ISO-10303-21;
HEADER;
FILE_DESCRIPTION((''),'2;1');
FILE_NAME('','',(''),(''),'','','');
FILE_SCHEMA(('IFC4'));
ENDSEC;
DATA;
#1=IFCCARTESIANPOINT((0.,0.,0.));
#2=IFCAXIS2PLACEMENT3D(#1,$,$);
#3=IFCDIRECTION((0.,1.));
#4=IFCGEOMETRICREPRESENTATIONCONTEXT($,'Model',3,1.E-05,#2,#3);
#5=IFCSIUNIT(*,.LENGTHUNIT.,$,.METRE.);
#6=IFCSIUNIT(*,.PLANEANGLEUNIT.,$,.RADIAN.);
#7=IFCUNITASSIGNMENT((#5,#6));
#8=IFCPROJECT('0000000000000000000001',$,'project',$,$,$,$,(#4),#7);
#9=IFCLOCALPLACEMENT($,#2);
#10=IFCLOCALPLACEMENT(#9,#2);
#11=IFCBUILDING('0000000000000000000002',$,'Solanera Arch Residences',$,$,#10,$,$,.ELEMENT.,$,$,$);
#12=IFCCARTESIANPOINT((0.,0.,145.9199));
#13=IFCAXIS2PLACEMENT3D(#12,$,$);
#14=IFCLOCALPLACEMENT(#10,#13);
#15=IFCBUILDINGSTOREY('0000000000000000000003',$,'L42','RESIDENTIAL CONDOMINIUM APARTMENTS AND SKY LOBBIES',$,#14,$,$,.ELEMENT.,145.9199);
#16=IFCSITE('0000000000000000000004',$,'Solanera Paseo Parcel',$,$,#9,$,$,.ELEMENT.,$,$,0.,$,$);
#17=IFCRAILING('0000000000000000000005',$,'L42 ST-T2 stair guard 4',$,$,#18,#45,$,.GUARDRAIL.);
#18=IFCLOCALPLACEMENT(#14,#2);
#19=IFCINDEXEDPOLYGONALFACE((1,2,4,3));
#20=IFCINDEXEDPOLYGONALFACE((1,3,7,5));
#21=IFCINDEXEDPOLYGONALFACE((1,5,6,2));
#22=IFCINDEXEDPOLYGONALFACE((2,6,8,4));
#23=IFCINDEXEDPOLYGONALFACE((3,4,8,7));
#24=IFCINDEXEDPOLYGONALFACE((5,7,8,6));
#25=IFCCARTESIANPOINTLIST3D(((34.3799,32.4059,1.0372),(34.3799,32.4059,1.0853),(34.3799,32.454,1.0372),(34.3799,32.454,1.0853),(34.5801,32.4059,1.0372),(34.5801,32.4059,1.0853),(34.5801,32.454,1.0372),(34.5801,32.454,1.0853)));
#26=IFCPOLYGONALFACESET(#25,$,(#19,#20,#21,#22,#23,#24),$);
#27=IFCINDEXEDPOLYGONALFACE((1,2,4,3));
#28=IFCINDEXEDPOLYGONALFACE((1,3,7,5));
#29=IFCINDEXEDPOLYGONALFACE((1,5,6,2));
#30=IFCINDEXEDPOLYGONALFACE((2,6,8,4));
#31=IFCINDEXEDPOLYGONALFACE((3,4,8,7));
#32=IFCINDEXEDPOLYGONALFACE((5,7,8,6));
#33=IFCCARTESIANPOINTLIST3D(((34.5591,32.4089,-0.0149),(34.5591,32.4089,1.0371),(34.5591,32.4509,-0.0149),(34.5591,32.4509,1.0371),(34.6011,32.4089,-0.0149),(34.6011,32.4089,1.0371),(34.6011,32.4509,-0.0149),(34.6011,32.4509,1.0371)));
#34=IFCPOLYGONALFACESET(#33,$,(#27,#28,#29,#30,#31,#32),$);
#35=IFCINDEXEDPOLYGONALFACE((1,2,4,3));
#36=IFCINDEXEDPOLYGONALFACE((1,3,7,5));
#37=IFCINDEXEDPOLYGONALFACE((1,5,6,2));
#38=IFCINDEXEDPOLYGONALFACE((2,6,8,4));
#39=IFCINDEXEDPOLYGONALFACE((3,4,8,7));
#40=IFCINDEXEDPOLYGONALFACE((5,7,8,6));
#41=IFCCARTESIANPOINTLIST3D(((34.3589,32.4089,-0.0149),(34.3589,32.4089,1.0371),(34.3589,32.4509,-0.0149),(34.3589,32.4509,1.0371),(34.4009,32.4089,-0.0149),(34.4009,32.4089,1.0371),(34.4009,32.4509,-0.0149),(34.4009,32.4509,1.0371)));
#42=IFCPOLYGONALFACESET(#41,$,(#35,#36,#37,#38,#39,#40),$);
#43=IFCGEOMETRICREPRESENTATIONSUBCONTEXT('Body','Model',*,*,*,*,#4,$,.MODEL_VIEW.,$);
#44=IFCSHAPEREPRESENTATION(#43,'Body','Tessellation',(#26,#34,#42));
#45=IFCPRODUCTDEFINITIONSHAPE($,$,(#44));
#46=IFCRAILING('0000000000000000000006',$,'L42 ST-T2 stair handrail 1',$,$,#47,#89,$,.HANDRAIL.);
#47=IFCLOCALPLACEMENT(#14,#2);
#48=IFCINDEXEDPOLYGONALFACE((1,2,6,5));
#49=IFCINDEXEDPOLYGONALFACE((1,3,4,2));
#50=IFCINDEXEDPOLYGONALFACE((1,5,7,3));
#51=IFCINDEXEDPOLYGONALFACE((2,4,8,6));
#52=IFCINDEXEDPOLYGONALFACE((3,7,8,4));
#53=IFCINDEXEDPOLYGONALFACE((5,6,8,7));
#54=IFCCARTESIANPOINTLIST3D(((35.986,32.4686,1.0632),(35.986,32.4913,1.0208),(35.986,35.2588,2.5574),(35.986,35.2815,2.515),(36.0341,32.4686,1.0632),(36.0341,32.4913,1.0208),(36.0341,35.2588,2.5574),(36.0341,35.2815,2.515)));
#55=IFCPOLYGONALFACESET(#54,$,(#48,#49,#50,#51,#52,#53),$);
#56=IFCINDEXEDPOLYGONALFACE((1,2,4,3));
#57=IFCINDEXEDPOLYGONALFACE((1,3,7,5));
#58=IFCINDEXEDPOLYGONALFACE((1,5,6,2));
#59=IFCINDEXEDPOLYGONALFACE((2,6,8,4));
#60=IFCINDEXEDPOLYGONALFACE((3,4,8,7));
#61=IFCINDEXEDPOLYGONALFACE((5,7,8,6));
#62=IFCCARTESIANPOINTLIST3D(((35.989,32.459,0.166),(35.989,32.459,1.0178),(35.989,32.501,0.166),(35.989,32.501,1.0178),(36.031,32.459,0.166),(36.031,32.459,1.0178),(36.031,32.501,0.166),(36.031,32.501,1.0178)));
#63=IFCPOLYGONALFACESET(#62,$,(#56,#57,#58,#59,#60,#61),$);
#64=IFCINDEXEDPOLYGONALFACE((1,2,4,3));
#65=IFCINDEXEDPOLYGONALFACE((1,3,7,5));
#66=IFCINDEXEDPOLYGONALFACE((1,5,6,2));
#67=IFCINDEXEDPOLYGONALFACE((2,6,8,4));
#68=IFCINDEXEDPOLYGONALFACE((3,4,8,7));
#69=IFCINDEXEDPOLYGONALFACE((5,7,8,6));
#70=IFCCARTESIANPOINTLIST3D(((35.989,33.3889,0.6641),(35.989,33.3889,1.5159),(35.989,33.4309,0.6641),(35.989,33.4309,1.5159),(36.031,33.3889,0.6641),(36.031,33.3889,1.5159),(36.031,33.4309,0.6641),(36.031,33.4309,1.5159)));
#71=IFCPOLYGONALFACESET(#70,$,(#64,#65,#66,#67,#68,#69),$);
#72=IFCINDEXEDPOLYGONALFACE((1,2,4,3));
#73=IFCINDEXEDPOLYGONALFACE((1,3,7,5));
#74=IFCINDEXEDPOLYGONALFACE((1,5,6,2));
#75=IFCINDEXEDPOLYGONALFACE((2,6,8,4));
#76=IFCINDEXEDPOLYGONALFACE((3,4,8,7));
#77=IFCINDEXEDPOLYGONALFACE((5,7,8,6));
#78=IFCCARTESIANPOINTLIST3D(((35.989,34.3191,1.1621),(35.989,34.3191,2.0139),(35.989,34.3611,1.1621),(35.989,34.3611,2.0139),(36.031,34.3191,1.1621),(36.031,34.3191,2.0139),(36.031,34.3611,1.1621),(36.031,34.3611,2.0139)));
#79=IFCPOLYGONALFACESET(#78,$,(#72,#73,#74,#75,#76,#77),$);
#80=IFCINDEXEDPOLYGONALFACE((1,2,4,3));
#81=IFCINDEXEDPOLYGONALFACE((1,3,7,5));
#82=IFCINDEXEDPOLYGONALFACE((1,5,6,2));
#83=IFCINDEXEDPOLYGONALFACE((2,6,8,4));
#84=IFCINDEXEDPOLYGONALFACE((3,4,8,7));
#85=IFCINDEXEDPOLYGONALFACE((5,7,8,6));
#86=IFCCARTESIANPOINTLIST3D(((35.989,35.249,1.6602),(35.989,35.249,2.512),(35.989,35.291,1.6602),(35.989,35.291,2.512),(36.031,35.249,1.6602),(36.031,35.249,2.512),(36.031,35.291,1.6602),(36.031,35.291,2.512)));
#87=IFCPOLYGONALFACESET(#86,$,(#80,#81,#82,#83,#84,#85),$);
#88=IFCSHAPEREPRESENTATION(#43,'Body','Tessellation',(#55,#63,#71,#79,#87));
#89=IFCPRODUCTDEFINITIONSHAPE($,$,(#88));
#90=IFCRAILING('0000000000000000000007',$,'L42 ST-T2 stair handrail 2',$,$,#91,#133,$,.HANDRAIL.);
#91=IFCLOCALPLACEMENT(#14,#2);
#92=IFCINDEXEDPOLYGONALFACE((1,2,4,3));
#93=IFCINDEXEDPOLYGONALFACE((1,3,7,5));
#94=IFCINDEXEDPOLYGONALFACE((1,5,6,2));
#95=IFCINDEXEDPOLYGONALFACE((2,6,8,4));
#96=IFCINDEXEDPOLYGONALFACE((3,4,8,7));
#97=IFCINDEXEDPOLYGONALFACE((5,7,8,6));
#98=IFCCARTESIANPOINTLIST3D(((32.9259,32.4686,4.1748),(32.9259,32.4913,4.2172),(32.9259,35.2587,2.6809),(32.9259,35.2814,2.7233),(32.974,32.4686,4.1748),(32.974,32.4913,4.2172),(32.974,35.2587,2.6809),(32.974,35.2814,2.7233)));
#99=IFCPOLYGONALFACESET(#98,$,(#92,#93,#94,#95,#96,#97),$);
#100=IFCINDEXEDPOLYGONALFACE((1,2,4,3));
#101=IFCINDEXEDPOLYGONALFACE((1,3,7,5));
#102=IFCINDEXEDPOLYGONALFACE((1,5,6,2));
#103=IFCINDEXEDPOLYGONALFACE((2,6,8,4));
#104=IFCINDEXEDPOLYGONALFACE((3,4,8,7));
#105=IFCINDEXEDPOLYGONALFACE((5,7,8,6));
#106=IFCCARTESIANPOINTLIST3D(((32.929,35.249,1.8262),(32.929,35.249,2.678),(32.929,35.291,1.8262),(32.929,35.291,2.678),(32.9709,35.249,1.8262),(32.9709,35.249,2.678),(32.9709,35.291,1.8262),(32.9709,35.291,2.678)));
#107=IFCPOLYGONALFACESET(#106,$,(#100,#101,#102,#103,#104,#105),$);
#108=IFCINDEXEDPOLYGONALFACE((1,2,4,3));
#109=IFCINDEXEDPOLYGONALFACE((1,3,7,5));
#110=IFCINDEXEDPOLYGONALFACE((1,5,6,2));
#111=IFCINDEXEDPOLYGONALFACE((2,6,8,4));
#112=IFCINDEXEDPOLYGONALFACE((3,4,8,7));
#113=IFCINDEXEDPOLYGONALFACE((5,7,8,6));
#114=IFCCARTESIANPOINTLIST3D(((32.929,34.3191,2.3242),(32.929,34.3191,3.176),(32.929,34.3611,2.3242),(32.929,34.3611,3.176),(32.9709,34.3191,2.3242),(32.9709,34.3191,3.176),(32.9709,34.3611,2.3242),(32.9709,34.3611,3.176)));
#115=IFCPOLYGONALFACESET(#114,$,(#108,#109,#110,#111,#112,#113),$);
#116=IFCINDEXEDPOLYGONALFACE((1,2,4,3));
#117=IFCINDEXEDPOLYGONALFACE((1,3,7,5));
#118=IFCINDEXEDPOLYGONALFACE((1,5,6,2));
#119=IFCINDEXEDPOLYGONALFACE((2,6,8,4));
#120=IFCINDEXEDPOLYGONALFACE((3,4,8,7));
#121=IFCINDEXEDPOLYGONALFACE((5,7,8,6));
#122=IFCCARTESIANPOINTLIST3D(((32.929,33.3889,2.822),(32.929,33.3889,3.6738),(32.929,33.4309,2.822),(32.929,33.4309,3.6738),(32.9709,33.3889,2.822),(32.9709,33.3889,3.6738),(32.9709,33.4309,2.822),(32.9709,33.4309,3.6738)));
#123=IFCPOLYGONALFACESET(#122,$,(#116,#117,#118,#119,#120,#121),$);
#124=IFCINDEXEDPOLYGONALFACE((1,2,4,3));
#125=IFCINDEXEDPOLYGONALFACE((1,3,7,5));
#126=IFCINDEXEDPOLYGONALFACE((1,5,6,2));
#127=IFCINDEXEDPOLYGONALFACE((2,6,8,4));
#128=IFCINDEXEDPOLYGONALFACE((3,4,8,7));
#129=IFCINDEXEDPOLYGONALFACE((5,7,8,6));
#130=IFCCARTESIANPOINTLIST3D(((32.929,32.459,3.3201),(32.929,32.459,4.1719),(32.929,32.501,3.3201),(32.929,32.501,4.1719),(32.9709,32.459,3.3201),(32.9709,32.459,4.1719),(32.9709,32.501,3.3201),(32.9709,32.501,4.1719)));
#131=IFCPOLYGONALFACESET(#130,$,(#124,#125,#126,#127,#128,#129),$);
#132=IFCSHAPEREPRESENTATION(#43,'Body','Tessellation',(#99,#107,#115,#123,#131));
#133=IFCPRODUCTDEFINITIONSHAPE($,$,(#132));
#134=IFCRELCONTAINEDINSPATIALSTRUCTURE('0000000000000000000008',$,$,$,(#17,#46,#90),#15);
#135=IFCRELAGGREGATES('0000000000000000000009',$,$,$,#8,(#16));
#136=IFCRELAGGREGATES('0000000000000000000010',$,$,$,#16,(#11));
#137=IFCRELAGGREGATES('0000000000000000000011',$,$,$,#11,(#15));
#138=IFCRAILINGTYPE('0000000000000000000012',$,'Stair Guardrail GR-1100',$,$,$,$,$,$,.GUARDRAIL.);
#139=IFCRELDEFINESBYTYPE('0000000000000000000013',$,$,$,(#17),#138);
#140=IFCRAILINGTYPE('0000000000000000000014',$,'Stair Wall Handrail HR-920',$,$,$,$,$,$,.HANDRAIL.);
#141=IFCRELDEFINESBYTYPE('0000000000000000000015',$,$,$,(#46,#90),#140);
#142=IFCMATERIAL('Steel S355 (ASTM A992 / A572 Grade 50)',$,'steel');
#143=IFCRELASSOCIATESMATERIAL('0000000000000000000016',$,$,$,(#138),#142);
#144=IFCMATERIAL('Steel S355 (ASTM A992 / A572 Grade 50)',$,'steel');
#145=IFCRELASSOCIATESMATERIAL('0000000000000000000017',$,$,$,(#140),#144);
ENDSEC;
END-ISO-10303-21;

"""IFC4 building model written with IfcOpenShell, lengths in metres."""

from ifc_helpers import new_model, si_unit, direction, frame, origin, origin_2d, place, context, subcontext, project, spatial, rectangle, extrude, material, type_object, element, save


model = new_model("IFC4")

# Units and contexts
model_context = context("Model", 3, precision=1e-05, world=origin(), true_north=direction((0.0, 1.0)))
body_context = subcontext(model_context, "Body", "Model", "MODEL_VIEW")
ifc_project = project(units=[si_unit("LENGTHUNIT", "METRE"), si_unit("PLANEANGLEUNIT", "RADIAN")], contexts=[model_context])

# Site, building, storey
site_placement = place(None, origin())
site = spatial("IfcSite", under=ifc_project, at=site_placement, Name="Solanera Paseo Parcel", CompositionType="ELEMENT", RefElevation=0.0)
building_placement = place(site_placement, origin())
building = spatial("IfcBuilding", under=site, at=building_placement, Name="Solanera Arch Residences", CompositionType="ELEMENT")
storey_placement = place(building_placement, frame((0.0, 0.0, 145.9199)))
storey = spatial("IfcBuildingStorey", under=building, at=storey_placement, Name="L42", Description="RESIDENTIAL CONDOMINIUM APARTMENTS AND SKY LOBBIES", CompositionType="ELEMENT", Elevation=145.9199)

# Railings
ifc_material_1 = material(Name="Steel S355 (ASTM A992 / A572 Grade 50)", Category="steel")
railing_type_1 = type_object("IfcRailingType", Name="Stair Guardrail GR-1100", PredefinedType="GUARDRAIL", material=ifc_material_1)
railing_1_placement = place(storey_placement, frame((34.5801, 32.4299, -0.0149)))
element("IfcRailing", 1, at=railing_1_placement, inside=storey, type_object=railing_type_1, Name="L42 ST-T2 stair guard 4", PredefinedType="GUARDRAIL", context=body_context, shape_type="SweptSolid", body=[
    extrude(rectangle(XDim=0.0481, YDim=0.0481, at=origin_2d()), frame((0.0, 0.0, 1.0762), z_axis=(-1.0, 0.0, 0.0), x_axis=(0.0, -1.0, 0.0)), (0.0, 0.0, 1.0), 0.2002),
    extrude(rectangle(XDim=0.042, YDim=0.042, at=origin_2d()), origin(), (0.0, 0.0, 1.0), 1.052),
    extrude(rectangle(XDim=0.042, YDim=0.042, at=origin_2d()), frame((-0.2002, 0.0, 0.0)), (0.0, 0.0, 1.0), 1.052),
])
ifc_material_2 = material(Name="Steel S355 (ASTM A992 / A572 Grade 50)", Category="steel")
railing_type_2 = type_object("IfcRailingType", Name="Stair Wall Handrail HR-920", PredefinedType="HANDRAIL", material=ifc_material_2)
railing_2_placement = place(storey_placement, frame((36.01, 32.48, 0.166)))
element("IfcRailing", 2, at=railing_2_placement, inside=storey, type_object=railing_type_2, Name="L42 ST-T2 stair handrail 1", PredefinedType="HANDRAIL", context=body_context, shape_type="SweptSolid", body=[
    extrude(rectangle(XDim=0.0481, YDim=0.0481, at=origin_2d()), frame((0.0, 0.0, 0.876), z_axis=(0.0, 0.881549, 0.472093), x_axis=(-1.0, 0.0, 0.0)), (0.0, 0.0, 1.0), 3.165),
    extrude(rectangle(XDim=0.042, YDim=0.042, at=origin_2d()), origin(), (0.0, 0.0, 1.0), 0.8518),
    extrude(rectangle(XDim=0.042, YDim=0.042, at=origin_2d()), frame((0.0, 0.9299, 0.498)), (0.0, 0.0, 1.0), 0.8518),
    extrude(rectangle(XDim=0.042, YDim=0.042, at=origin_2d()), frame((0.0, 1.8601, 0.9961)), (0.0, 0.0, 1.0), 0.8518),
    extrude(rectangle(XDim=0.042, YDim=0.042, at=origin_2d()), frame((0.0, 2.79, 1.4941)), (0.0, 0.0, 1.0), 0.8518),
])
railing_3_placement = place(storey_placement, frame((32.95, 35.27, 1.8262)))
element("IfcRailing", 3, at=railing_3_placement, inside=storey, type_object=railing_type_2, Name="L42 ST-T2 stair handrail 2", PredefinedType="HANDRAIL", context=body_context, shape_type="SweptSolid", body=[
    extrude(rectangle(XDim=0.0481, YDim=0.0481, at=origin_2d()), frame((0.0, 0.0, 0.876), z_axis=(0.0, -0.881581, 0.472033), x_axis=(1.0, 0.0, 0.0)), (0.0, 0.0, 1.0), 3.1648),
    extrude(rectangle(XDim=0.042, YDim=0.042, at=origin_2d()), origin(), (0.0, 0.0, 1.0), 0.8518),
    extrude(rectangle(XDim=0.042, YDim=0.042, at=origin_2d()), frame((0.0, -0.9299, 0.498)), (0.0, 0.0, 1.0), 0.8518),
    extrude(rectangle(XDim=0.042, YDim=0.042, at=origin_2d()), frame((0.0, -1.8601, 0.9958)), (0.0, 0.0, 1.0), 0.8518),
    extrude(rectangle(XDim=0.042, YDim=0.042, at=origin_2d()), frame((0.0, -2.79, 1.4939)), (0.0, 0.0, 1.0), 0.8518),
])

save(model, "model.ifc")
